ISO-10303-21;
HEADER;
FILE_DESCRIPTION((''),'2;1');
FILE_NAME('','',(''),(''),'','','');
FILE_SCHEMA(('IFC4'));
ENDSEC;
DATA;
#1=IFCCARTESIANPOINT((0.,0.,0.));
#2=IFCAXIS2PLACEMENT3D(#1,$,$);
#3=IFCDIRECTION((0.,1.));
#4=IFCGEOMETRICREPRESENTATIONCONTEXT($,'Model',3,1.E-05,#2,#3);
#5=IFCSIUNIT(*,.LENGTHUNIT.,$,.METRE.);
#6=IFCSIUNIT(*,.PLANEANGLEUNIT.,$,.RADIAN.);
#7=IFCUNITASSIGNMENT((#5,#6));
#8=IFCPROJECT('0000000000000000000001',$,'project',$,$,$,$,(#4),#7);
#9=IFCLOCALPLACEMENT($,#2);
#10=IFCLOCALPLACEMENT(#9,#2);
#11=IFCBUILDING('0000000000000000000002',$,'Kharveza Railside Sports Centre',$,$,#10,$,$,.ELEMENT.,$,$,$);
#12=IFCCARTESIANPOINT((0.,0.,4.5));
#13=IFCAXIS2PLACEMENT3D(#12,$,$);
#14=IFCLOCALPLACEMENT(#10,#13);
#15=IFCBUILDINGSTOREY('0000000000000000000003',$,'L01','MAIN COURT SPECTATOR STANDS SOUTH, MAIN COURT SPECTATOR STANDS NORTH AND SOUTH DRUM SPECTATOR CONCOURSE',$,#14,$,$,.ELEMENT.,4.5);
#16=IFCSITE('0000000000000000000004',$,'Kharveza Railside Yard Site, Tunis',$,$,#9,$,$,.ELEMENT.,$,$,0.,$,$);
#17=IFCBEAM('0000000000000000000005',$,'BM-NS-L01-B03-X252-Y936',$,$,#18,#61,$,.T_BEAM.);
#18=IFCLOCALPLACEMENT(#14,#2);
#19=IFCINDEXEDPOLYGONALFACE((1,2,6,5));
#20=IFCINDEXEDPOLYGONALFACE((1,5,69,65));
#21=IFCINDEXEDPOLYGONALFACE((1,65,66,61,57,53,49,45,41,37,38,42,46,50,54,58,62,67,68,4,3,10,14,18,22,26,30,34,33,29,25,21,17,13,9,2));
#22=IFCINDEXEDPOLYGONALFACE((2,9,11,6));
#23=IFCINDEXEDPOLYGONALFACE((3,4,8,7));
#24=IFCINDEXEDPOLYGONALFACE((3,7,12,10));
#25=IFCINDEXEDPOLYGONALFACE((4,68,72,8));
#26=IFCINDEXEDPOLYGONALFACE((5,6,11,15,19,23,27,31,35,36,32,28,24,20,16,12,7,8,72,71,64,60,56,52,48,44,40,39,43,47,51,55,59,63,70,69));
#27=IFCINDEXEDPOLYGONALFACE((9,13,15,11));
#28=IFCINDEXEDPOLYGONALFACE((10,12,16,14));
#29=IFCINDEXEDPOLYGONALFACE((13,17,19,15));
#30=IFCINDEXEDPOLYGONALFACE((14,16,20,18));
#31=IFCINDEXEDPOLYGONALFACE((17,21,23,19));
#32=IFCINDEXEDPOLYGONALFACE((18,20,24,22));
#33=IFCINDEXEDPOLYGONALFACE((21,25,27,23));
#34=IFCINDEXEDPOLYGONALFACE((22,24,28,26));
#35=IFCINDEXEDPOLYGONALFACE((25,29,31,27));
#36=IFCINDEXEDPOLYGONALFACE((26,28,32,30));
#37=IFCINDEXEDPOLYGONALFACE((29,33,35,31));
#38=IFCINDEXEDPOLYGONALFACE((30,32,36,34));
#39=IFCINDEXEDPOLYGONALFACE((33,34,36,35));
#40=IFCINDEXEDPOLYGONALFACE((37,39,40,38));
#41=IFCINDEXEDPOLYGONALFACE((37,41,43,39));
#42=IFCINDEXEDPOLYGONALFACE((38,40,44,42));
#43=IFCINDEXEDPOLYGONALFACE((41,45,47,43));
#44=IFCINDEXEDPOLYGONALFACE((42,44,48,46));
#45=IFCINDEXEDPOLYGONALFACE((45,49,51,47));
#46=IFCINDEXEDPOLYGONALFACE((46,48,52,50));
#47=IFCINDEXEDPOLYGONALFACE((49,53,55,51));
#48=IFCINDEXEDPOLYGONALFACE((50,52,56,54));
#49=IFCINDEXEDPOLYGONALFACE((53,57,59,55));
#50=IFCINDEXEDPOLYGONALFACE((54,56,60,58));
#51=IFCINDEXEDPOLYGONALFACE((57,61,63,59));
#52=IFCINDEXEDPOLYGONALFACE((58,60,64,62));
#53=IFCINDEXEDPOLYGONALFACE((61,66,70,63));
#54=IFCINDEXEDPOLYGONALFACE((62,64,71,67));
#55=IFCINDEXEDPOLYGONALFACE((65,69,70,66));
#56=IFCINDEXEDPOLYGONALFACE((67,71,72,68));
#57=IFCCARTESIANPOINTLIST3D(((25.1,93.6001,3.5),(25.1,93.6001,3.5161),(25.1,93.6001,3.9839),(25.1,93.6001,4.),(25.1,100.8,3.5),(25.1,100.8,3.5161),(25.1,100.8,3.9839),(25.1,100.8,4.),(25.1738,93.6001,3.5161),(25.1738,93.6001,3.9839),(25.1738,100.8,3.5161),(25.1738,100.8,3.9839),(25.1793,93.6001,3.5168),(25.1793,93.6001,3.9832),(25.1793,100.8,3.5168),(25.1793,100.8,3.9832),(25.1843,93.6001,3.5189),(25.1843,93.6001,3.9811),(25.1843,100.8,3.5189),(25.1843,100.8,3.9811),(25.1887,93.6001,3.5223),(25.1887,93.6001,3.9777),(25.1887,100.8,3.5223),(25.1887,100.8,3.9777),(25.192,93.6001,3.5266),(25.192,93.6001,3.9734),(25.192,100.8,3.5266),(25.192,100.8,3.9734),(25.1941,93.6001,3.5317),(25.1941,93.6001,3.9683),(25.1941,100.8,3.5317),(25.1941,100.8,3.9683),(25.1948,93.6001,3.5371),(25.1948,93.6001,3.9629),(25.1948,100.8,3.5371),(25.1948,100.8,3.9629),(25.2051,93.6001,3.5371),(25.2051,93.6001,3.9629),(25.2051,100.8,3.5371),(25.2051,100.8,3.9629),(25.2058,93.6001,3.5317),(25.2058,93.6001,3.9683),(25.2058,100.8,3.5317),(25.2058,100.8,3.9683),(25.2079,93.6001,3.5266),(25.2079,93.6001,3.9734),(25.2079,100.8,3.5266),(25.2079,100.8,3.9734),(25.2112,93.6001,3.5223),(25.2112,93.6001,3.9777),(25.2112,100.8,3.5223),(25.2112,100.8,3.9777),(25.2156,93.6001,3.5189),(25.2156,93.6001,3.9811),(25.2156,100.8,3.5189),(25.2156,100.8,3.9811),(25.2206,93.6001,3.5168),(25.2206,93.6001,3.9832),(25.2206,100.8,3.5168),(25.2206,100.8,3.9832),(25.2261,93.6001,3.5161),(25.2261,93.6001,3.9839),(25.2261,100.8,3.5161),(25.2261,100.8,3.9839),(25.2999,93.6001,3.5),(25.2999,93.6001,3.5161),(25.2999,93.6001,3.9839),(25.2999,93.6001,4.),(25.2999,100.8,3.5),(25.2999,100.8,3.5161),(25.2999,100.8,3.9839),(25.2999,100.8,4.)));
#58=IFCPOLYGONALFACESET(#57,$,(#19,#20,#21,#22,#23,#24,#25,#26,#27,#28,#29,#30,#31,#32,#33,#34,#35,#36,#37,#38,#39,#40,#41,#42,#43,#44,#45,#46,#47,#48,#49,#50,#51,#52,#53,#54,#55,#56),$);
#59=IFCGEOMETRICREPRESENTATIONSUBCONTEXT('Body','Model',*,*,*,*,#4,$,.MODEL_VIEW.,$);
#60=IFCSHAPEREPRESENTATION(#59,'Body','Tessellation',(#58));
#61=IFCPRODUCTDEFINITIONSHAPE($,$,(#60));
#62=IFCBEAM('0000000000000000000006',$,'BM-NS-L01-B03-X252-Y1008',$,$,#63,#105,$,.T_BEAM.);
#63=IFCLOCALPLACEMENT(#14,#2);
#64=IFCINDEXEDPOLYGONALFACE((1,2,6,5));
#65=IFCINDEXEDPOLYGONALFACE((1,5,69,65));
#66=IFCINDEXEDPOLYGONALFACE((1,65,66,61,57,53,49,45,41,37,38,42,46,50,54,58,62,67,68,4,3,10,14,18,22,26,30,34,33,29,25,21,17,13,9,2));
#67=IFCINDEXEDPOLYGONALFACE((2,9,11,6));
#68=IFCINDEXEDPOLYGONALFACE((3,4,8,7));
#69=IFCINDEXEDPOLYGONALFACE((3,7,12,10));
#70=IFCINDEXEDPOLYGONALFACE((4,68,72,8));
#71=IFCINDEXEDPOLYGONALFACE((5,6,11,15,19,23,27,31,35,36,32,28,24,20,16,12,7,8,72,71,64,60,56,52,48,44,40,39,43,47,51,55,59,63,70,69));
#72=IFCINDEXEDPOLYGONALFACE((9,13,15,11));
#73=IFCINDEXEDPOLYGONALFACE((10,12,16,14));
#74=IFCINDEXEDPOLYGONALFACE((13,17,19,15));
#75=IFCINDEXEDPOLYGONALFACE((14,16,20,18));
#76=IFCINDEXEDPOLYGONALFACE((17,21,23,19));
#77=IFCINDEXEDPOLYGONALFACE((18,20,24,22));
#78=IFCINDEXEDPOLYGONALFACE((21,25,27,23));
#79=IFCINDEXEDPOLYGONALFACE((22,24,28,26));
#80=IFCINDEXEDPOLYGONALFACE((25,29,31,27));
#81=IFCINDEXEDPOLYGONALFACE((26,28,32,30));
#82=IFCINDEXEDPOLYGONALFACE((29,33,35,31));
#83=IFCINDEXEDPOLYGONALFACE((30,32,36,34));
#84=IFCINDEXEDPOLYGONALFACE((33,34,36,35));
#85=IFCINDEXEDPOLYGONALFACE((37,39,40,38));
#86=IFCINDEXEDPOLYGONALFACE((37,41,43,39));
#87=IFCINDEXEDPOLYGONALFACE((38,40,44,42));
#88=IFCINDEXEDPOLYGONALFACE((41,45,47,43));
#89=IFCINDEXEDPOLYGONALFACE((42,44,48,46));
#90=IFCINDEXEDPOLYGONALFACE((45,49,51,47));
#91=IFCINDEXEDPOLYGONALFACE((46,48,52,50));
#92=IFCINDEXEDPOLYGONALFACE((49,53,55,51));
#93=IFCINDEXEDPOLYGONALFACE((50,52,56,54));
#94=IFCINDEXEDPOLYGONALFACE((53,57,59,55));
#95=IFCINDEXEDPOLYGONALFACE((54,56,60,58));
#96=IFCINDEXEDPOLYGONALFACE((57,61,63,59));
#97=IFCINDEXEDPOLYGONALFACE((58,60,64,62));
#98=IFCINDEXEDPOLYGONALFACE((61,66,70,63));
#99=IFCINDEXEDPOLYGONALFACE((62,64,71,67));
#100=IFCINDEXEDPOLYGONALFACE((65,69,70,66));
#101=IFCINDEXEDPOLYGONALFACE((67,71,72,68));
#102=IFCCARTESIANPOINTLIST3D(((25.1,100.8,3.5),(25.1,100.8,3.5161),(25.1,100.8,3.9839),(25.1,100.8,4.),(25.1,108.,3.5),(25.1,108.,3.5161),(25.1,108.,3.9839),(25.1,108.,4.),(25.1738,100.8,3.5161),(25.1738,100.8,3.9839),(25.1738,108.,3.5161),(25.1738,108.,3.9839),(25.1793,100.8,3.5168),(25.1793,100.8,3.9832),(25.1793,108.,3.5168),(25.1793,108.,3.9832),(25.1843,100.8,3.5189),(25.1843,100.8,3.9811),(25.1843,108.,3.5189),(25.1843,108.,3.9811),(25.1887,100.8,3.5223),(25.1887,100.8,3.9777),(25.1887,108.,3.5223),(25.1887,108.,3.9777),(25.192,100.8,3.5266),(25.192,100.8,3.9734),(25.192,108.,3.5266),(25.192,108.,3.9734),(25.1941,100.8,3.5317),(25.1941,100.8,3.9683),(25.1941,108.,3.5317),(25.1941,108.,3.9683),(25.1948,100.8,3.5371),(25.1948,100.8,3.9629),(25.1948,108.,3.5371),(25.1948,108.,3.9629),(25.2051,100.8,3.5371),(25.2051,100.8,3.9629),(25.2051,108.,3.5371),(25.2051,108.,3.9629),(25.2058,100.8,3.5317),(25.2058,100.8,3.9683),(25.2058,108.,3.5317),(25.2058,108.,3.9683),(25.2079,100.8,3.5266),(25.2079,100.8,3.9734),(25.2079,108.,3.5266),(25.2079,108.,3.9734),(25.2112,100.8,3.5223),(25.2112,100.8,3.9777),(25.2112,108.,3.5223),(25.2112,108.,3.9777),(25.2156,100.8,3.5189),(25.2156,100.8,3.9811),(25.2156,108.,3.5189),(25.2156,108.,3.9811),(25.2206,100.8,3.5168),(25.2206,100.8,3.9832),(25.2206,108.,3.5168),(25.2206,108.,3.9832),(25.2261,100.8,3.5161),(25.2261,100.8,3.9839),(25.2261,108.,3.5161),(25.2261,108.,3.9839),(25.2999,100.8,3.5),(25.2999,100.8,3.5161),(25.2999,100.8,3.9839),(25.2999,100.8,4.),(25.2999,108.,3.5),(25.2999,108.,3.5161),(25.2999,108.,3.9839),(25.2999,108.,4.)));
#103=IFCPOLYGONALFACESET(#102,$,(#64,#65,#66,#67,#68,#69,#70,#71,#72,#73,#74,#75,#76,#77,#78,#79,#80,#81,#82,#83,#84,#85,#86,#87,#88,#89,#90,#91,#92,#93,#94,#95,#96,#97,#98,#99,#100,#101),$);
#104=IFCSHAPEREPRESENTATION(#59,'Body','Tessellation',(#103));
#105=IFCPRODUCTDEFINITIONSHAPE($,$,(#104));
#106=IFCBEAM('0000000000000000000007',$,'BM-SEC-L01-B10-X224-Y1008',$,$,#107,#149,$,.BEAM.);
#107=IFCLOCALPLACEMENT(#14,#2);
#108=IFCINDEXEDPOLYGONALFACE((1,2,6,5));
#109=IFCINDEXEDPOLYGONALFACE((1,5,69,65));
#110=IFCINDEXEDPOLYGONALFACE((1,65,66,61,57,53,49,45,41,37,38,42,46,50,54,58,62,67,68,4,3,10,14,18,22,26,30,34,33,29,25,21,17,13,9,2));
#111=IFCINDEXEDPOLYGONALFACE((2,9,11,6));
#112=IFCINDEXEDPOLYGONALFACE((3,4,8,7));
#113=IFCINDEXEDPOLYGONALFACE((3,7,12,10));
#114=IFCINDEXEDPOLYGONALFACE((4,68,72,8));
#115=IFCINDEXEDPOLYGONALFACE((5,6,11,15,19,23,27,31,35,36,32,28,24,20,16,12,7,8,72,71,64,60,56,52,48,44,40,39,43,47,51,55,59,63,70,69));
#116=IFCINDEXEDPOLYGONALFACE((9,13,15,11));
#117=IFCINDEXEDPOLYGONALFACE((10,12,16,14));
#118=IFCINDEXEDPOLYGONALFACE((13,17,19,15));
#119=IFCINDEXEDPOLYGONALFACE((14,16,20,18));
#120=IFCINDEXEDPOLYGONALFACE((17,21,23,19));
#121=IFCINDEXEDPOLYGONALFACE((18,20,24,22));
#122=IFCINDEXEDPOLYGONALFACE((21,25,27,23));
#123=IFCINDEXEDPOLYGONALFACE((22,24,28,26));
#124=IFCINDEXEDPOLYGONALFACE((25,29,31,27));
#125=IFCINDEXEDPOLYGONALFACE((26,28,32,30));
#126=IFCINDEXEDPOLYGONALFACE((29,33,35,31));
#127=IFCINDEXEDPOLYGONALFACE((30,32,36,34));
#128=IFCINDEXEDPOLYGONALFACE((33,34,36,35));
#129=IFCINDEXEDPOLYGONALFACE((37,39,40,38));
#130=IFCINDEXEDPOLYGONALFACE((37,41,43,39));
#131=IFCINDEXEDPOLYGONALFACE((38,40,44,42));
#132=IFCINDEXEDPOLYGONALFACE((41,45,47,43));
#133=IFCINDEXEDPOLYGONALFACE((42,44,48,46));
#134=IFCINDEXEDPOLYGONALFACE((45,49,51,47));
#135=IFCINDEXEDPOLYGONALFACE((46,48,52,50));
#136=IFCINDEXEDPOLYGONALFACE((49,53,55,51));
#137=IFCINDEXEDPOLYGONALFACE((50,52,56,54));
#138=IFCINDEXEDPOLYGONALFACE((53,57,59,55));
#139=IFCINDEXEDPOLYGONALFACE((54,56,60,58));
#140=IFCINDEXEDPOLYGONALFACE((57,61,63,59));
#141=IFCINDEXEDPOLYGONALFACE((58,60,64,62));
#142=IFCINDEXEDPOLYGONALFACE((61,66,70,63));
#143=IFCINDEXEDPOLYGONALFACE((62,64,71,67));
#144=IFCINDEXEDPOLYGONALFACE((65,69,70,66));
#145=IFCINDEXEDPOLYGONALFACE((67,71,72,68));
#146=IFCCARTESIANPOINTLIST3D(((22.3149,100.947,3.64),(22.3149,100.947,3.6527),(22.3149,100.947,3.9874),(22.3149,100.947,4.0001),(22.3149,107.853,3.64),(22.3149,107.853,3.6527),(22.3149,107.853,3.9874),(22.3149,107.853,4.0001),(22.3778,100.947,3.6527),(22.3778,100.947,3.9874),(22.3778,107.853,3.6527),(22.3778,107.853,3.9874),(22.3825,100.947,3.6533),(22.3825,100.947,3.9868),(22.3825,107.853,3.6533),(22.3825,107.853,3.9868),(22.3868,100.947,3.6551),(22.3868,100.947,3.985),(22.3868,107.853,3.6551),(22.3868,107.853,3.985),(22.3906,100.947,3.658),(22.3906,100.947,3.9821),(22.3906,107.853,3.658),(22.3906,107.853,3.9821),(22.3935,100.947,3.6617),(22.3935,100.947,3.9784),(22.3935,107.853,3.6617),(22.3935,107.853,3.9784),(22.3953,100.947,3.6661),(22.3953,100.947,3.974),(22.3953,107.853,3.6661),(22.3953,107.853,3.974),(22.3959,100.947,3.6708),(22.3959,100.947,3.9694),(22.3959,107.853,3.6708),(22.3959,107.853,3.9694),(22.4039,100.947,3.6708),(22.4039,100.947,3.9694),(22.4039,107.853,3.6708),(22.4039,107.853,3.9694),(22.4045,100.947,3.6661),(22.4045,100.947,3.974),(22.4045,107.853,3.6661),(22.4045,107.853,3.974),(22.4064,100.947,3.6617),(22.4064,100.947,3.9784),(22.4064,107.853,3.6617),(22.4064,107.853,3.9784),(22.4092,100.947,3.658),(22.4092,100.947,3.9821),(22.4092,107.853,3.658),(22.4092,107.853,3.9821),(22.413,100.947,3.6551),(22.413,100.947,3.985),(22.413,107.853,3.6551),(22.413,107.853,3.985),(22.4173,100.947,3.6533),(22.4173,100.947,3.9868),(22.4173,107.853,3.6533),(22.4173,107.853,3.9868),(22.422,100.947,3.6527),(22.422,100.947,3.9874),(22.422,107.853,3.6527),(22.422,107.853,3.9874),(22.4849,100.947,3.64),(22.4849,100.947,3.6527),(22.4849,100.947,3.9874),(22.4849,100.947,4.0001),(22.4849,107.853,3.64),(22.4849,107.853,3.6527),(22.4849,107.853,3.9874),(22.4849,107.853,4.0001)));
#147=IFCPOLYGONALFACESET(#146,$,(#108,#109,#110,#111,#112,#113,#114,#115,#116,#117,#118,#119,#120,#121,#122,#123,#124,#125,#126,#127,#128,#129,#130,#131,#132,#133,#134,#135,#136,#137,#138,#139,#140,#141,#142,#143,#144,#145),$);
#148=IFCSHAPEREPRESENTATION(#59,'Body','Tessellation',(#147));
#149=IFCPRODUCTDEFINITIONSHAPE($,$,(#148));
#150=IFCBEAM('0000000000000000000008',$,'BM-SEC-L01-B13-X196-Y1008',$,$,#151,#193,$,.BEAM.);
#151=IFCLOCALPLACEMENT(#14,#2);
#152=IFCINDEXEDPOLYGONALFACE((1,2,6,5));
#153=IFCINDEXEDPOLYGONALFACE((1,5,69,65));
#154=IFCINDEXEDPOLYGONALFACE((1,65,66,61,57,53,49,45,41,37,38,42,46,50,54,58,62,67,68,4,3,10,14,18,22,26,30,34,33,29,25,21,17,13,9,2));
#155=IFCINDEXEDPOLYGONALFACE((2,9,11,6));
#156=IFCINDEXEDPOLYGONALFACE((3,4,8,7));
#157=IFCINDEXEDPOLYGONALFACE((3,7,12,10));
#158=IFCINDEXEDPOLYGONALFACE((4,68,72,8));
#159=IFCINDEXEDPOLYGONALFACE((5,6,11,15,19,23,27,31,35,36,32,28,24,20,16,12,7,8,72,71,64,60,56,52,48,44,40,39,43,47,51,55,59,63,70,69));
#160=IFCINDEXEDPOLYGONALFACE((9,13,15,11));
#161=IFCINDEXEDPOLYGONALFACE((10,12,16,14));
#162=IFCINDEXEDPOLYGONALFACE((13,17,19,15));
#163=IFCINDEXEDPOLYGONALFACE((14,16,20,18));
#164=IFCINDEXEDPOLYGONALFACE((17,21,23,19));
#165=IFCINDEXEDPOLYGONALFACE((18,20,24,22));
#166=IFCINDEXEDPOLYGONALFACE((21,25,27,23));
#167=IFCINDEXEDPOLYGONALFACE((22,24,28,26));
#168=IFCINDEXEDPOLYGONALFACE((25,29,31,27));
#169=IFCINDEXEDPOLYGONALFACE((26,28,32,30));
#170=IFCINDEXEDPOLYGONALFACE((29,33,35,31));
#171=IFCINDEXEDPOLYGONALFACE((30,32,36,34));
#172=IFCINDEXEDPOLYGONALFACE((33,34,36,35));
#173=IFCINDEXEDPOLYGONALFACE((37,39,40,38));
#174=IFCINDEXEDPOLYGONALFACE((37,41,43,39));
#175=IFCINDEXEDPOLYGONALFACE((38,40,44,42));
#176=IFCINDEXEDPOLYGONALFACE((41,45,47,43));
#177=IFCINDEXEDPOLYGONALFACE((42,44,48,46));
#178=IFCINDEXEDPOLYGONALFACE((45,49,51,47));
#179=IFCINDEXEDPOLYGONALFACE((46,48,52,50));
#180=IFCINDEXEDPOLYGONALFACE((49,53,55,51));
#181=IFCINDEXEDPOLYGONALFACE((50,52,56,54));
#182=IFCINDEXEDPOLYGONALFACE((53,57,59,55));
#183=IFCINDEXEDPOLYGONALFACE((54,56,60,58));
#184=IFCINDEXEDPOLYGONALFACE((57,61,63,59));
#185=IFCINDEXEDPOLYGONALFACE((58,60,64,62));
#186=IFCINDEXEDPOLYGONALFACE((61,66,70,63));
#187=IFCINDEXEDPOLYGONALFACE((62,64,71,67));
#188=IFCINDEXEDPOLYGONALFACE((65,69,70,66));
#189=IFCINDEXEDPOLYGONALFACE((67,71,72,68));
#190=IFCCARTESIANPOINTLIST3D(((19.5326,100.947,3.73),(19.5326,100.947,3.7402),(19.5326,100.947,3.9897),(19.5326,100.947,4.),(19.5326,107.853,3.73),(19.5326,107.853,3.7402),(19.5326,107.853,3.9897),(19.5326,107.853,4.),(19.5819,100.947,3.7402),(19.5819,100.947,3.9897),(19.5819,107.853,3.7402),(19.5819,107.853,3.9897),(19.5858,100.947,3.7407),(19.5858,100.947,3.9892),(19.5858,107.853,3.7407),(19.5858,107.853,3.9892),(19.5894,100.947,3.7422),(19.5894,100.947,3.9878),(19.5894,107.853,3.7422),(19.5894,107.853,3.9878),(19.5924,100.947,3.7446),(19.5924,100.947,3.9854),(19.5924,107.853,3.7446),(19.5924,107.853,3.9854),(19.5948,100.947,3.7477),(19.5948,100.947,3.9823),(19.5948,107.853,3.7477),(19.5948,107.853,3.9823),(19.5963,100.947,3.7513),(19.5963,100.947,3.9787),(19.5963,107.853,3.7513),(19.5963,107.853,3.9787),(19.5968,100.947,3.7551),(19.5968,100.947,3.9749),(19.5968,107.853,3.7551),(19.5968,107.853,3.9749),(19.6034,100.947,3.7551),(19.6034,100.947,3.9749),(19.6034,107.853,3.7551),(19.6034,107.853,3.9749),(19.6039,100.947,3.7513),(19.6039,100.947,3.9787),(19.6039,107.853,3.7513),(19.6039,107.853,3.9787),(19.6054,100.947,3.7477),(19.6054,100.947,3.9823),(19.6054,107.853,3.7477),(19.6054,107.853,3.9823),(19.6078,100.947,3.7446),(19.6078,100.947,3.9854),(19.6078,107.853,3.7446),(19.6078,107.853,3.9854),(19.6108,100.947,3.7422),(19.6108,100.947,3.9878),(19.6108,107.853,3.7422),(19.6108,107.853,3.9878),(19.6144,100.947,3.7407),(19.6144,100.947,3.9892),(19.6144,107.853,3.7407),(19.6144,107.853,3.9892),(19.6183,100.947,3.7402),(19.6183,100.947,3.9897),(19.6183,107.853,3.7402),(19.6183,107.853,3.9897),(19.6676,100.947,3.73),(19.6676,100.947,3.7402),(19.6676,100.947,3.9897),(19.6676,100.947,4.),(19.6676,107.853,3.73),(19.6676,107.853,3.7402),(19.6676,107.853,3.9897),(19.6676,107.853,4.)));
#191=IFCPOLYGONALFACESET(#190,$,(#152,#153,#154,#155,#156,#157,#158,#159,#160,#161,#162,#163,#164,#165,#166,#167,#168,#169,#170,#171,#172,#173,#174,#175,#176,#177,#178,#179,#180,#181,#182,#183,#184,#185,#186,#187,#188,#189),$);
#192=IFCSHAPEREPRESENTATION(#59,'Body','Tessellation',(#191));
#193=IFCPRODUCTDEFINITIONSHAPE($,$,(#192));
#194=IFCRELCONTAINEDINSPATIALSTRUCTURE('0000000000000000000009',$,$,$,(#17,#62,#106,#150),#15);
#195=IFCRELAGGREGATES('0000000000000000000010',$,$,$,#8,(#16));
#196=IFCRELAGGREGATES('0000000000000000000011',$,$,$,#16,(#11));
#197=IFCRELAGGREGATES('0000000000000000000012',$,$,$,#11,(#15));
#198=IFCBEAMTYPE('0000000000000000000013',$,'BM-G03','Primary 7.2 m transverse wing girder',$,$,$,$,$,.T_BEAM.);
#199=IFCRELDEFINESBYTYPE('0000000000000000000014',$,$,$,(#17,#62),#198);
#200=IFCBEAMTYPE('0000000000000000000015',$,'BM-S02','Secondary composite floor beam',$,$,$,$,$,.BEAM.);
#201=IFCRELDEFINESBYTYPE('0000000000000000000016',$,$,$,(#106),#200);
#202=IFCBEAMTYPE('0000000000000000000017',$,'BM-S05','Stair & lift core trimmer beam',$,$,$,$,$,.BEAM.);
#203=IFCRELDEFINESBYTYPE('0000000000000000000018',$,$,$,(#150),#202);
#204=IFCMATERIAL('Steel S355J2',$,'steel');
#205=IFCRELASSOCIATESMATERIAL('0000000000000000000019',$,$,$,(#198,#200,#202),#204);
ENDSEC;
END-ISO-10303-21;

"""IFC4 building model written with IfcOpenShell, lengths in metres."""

from ifc_helpers import new_model, si_unit, direction, frame, origin, origin_2d, place, context, subcontext, project, spatial, i_section, extrude, material, material_profile, profile_set, type_object, element, save


model = new_model("IFC4")

# Units and contexts
model_context = context("Model", 3, precision=1e-05, world=origin(), true_north=direction((0.0, 1.0)))
body_context = subcontext(model_context, "Body", "Model", "MODEL_VIEW")
ifc_project = project(units=[si_unit("LENGTHUNIT", "METRE"), si_unit("PLANEANGLEUNIT", "RADIAN")], contexts=[model_context])

# Site, building, storey
site_placement = place(None, origin())
site = spatial("IfcSite", under=ifc_project, at=site_placement, Name="Kharveza Railside Yard Site, Tunis", CompositionType="ELEMENT", RefElevation=0.0)
building_placement = place(site_placement, origin())
building = spatial("IfcBuilding", under=site, at=building_placement, Name="Kharveza Railside Sports Centre", CompositionType="ELEMENT")
storey_placement = place(building_placement, frame((0.0, 0.0, 4.5)))
storey = spatial("IfcBuildingStorey", under=building, at=storey_placement, Name="L01", Description="MAIN COURT SPECTATOR STANDS SOUTH, MAIN COURT SPECTATOR STANDS NORTH AND SOUTH DRUM SPECTATOR CONCOURSE", CompositionType="ELEMENT", Elevation=4.5)

# Shared definitions
ifc_material_1 = material(Name="Steel S355J2", Category="steel")

# Beams
ifc_material_profile_1 = material_profile(ifc_material_1, i_section(OverallWidth=0.2, OverallDepth=0.5, WebThickness=0.0103, FlangeThickness=0.0161, FilletRadius=0.021, at=origin_2d()), Name="IPE 500")
ifc_profile_set_1 = profile_set([ifc_material_profile_1], Name="Steel S355J2")
beam_type_1 = type_object("IfcBeamType", Name="BM-G03", Description="Primary 7.2 m transverse wing girder", PredefinedType="T_BEAM", material=ifc_profile_set_1)
for number, where, z_axis, x_axis, name in (
    (1, (25.2, 93.6001, 3.75), (0.0, 1.0, 0.0), (-1.0, 0.0, 0.0), "BM-NS-L01-B03-X252-Y936"),
    (2, (25.2, 100.8, 3.75), (0.0, 1.0, 0.0), (-1.0, 0.0, 0.0), "BM-NS-L01-B03-X252-Y1008"),
):
    element("IfcBeam", number, at=place(storey_placement, frame(where, z_axis=z_axis, x_axis=x_axis)), inside=storey, type_object=beam_type_1, Name=name, PredefinedType="T_BEAM", context=body_context, shape_type="SweptSolid", body=[
        extrude(i_section(OverallWidth=0.2, OverallDepth=0.5, WebThickness=0.0103, FlangeThickness=0.0161, FilletRadius=0.021, at=origin_2d()), origin(), (0.0, 0.0, 1.0), 7.2),
    ])
ifc_material_profile_2 = material_profile(ifc_material_1, i_section(OverallWidth=0.1699, OverallDepth=0.3601, WebThickness=0.0081, FlangeThickness=0.0127, FilletRadius=0.0181, at=origin_2d()), Name="IPE 360")
ifc_profile_set_2 = profile_set([ifc_material_profile_2], Name="Steel S355J2")
beam_type_2 = type_object("IfcBeamType", Name="BM-S02", Description="Secondary composite floor beam", PredefinedType="BEAM", material=ifc_profile_set_2)
beam_1_placement = place(storey_placement, frame((22.3999, 100.947, 3.8201), z_axis=(0.0, 1.0, 0.0), x_axis=(-1.0, 0.0, 0.0)))
element("IfcBeam", 3, at=beam_1_placement, inside=storey, type_object=beam_type_2, Name="BM-SEC-L01-B10-X224-Y1008", PredefinedType="BEAM", context=body_context, shape_type="SweptSolid", body=[
    extrude(i_section(OverallWidth=0.1699, OverallDepth=0.3601, WebThickness=0.0081, FlangeThickness=0.0127, FilletRadius=0.0181, at=origin_2d()), origin(), (0.0, 0.0, 1.0), 6.906),
])
ifc_material_profile_3 = material_profile(ifc_material_1, i_section(OverallWidth=0.135, OverallDepth=0.27, WebThickness=0.0066, FlangeThickness=0.0103, FilletRadius=0.0149, at=origin_2d()), Name="IPE 270")
ifc_profile_set_3 = profile_set([ifc_material_profile_3], Name="Steel S355J2")
beam_type_3 = type_object("IfcBeamType", Name="BM-S05", Description="Stair & lift core trimmer beam", PredefinedType="BEAM", material=ifc_profile_set_3)
beam_2_placement = place(storey_placement, frame((19.6001, 100.947, 3.865), z_axis=(0.0, 1.0, 0.0), x_axis=(-1.0, 0.0, 0.0)))
element("IfcBeam", 4, at=beam_2_placement, inside=storey, type_object=beam_type_3, Name="BM-SEC-L01-B13-X196-Y1008", PredefinedType="BEAM", context=body_context, shape_type="SweptSolid", body=[
    extrude(i_section(OverallWidth=0.135, OverallDepth=0.27, WebThickness=0.0066, FlangeThickness=0.0103, FilletRadius=0.0149, at=origin_2d()), origin(), (0.0, 0.0, 1.0), 6.906),
])

save(model, "model.ifc")
